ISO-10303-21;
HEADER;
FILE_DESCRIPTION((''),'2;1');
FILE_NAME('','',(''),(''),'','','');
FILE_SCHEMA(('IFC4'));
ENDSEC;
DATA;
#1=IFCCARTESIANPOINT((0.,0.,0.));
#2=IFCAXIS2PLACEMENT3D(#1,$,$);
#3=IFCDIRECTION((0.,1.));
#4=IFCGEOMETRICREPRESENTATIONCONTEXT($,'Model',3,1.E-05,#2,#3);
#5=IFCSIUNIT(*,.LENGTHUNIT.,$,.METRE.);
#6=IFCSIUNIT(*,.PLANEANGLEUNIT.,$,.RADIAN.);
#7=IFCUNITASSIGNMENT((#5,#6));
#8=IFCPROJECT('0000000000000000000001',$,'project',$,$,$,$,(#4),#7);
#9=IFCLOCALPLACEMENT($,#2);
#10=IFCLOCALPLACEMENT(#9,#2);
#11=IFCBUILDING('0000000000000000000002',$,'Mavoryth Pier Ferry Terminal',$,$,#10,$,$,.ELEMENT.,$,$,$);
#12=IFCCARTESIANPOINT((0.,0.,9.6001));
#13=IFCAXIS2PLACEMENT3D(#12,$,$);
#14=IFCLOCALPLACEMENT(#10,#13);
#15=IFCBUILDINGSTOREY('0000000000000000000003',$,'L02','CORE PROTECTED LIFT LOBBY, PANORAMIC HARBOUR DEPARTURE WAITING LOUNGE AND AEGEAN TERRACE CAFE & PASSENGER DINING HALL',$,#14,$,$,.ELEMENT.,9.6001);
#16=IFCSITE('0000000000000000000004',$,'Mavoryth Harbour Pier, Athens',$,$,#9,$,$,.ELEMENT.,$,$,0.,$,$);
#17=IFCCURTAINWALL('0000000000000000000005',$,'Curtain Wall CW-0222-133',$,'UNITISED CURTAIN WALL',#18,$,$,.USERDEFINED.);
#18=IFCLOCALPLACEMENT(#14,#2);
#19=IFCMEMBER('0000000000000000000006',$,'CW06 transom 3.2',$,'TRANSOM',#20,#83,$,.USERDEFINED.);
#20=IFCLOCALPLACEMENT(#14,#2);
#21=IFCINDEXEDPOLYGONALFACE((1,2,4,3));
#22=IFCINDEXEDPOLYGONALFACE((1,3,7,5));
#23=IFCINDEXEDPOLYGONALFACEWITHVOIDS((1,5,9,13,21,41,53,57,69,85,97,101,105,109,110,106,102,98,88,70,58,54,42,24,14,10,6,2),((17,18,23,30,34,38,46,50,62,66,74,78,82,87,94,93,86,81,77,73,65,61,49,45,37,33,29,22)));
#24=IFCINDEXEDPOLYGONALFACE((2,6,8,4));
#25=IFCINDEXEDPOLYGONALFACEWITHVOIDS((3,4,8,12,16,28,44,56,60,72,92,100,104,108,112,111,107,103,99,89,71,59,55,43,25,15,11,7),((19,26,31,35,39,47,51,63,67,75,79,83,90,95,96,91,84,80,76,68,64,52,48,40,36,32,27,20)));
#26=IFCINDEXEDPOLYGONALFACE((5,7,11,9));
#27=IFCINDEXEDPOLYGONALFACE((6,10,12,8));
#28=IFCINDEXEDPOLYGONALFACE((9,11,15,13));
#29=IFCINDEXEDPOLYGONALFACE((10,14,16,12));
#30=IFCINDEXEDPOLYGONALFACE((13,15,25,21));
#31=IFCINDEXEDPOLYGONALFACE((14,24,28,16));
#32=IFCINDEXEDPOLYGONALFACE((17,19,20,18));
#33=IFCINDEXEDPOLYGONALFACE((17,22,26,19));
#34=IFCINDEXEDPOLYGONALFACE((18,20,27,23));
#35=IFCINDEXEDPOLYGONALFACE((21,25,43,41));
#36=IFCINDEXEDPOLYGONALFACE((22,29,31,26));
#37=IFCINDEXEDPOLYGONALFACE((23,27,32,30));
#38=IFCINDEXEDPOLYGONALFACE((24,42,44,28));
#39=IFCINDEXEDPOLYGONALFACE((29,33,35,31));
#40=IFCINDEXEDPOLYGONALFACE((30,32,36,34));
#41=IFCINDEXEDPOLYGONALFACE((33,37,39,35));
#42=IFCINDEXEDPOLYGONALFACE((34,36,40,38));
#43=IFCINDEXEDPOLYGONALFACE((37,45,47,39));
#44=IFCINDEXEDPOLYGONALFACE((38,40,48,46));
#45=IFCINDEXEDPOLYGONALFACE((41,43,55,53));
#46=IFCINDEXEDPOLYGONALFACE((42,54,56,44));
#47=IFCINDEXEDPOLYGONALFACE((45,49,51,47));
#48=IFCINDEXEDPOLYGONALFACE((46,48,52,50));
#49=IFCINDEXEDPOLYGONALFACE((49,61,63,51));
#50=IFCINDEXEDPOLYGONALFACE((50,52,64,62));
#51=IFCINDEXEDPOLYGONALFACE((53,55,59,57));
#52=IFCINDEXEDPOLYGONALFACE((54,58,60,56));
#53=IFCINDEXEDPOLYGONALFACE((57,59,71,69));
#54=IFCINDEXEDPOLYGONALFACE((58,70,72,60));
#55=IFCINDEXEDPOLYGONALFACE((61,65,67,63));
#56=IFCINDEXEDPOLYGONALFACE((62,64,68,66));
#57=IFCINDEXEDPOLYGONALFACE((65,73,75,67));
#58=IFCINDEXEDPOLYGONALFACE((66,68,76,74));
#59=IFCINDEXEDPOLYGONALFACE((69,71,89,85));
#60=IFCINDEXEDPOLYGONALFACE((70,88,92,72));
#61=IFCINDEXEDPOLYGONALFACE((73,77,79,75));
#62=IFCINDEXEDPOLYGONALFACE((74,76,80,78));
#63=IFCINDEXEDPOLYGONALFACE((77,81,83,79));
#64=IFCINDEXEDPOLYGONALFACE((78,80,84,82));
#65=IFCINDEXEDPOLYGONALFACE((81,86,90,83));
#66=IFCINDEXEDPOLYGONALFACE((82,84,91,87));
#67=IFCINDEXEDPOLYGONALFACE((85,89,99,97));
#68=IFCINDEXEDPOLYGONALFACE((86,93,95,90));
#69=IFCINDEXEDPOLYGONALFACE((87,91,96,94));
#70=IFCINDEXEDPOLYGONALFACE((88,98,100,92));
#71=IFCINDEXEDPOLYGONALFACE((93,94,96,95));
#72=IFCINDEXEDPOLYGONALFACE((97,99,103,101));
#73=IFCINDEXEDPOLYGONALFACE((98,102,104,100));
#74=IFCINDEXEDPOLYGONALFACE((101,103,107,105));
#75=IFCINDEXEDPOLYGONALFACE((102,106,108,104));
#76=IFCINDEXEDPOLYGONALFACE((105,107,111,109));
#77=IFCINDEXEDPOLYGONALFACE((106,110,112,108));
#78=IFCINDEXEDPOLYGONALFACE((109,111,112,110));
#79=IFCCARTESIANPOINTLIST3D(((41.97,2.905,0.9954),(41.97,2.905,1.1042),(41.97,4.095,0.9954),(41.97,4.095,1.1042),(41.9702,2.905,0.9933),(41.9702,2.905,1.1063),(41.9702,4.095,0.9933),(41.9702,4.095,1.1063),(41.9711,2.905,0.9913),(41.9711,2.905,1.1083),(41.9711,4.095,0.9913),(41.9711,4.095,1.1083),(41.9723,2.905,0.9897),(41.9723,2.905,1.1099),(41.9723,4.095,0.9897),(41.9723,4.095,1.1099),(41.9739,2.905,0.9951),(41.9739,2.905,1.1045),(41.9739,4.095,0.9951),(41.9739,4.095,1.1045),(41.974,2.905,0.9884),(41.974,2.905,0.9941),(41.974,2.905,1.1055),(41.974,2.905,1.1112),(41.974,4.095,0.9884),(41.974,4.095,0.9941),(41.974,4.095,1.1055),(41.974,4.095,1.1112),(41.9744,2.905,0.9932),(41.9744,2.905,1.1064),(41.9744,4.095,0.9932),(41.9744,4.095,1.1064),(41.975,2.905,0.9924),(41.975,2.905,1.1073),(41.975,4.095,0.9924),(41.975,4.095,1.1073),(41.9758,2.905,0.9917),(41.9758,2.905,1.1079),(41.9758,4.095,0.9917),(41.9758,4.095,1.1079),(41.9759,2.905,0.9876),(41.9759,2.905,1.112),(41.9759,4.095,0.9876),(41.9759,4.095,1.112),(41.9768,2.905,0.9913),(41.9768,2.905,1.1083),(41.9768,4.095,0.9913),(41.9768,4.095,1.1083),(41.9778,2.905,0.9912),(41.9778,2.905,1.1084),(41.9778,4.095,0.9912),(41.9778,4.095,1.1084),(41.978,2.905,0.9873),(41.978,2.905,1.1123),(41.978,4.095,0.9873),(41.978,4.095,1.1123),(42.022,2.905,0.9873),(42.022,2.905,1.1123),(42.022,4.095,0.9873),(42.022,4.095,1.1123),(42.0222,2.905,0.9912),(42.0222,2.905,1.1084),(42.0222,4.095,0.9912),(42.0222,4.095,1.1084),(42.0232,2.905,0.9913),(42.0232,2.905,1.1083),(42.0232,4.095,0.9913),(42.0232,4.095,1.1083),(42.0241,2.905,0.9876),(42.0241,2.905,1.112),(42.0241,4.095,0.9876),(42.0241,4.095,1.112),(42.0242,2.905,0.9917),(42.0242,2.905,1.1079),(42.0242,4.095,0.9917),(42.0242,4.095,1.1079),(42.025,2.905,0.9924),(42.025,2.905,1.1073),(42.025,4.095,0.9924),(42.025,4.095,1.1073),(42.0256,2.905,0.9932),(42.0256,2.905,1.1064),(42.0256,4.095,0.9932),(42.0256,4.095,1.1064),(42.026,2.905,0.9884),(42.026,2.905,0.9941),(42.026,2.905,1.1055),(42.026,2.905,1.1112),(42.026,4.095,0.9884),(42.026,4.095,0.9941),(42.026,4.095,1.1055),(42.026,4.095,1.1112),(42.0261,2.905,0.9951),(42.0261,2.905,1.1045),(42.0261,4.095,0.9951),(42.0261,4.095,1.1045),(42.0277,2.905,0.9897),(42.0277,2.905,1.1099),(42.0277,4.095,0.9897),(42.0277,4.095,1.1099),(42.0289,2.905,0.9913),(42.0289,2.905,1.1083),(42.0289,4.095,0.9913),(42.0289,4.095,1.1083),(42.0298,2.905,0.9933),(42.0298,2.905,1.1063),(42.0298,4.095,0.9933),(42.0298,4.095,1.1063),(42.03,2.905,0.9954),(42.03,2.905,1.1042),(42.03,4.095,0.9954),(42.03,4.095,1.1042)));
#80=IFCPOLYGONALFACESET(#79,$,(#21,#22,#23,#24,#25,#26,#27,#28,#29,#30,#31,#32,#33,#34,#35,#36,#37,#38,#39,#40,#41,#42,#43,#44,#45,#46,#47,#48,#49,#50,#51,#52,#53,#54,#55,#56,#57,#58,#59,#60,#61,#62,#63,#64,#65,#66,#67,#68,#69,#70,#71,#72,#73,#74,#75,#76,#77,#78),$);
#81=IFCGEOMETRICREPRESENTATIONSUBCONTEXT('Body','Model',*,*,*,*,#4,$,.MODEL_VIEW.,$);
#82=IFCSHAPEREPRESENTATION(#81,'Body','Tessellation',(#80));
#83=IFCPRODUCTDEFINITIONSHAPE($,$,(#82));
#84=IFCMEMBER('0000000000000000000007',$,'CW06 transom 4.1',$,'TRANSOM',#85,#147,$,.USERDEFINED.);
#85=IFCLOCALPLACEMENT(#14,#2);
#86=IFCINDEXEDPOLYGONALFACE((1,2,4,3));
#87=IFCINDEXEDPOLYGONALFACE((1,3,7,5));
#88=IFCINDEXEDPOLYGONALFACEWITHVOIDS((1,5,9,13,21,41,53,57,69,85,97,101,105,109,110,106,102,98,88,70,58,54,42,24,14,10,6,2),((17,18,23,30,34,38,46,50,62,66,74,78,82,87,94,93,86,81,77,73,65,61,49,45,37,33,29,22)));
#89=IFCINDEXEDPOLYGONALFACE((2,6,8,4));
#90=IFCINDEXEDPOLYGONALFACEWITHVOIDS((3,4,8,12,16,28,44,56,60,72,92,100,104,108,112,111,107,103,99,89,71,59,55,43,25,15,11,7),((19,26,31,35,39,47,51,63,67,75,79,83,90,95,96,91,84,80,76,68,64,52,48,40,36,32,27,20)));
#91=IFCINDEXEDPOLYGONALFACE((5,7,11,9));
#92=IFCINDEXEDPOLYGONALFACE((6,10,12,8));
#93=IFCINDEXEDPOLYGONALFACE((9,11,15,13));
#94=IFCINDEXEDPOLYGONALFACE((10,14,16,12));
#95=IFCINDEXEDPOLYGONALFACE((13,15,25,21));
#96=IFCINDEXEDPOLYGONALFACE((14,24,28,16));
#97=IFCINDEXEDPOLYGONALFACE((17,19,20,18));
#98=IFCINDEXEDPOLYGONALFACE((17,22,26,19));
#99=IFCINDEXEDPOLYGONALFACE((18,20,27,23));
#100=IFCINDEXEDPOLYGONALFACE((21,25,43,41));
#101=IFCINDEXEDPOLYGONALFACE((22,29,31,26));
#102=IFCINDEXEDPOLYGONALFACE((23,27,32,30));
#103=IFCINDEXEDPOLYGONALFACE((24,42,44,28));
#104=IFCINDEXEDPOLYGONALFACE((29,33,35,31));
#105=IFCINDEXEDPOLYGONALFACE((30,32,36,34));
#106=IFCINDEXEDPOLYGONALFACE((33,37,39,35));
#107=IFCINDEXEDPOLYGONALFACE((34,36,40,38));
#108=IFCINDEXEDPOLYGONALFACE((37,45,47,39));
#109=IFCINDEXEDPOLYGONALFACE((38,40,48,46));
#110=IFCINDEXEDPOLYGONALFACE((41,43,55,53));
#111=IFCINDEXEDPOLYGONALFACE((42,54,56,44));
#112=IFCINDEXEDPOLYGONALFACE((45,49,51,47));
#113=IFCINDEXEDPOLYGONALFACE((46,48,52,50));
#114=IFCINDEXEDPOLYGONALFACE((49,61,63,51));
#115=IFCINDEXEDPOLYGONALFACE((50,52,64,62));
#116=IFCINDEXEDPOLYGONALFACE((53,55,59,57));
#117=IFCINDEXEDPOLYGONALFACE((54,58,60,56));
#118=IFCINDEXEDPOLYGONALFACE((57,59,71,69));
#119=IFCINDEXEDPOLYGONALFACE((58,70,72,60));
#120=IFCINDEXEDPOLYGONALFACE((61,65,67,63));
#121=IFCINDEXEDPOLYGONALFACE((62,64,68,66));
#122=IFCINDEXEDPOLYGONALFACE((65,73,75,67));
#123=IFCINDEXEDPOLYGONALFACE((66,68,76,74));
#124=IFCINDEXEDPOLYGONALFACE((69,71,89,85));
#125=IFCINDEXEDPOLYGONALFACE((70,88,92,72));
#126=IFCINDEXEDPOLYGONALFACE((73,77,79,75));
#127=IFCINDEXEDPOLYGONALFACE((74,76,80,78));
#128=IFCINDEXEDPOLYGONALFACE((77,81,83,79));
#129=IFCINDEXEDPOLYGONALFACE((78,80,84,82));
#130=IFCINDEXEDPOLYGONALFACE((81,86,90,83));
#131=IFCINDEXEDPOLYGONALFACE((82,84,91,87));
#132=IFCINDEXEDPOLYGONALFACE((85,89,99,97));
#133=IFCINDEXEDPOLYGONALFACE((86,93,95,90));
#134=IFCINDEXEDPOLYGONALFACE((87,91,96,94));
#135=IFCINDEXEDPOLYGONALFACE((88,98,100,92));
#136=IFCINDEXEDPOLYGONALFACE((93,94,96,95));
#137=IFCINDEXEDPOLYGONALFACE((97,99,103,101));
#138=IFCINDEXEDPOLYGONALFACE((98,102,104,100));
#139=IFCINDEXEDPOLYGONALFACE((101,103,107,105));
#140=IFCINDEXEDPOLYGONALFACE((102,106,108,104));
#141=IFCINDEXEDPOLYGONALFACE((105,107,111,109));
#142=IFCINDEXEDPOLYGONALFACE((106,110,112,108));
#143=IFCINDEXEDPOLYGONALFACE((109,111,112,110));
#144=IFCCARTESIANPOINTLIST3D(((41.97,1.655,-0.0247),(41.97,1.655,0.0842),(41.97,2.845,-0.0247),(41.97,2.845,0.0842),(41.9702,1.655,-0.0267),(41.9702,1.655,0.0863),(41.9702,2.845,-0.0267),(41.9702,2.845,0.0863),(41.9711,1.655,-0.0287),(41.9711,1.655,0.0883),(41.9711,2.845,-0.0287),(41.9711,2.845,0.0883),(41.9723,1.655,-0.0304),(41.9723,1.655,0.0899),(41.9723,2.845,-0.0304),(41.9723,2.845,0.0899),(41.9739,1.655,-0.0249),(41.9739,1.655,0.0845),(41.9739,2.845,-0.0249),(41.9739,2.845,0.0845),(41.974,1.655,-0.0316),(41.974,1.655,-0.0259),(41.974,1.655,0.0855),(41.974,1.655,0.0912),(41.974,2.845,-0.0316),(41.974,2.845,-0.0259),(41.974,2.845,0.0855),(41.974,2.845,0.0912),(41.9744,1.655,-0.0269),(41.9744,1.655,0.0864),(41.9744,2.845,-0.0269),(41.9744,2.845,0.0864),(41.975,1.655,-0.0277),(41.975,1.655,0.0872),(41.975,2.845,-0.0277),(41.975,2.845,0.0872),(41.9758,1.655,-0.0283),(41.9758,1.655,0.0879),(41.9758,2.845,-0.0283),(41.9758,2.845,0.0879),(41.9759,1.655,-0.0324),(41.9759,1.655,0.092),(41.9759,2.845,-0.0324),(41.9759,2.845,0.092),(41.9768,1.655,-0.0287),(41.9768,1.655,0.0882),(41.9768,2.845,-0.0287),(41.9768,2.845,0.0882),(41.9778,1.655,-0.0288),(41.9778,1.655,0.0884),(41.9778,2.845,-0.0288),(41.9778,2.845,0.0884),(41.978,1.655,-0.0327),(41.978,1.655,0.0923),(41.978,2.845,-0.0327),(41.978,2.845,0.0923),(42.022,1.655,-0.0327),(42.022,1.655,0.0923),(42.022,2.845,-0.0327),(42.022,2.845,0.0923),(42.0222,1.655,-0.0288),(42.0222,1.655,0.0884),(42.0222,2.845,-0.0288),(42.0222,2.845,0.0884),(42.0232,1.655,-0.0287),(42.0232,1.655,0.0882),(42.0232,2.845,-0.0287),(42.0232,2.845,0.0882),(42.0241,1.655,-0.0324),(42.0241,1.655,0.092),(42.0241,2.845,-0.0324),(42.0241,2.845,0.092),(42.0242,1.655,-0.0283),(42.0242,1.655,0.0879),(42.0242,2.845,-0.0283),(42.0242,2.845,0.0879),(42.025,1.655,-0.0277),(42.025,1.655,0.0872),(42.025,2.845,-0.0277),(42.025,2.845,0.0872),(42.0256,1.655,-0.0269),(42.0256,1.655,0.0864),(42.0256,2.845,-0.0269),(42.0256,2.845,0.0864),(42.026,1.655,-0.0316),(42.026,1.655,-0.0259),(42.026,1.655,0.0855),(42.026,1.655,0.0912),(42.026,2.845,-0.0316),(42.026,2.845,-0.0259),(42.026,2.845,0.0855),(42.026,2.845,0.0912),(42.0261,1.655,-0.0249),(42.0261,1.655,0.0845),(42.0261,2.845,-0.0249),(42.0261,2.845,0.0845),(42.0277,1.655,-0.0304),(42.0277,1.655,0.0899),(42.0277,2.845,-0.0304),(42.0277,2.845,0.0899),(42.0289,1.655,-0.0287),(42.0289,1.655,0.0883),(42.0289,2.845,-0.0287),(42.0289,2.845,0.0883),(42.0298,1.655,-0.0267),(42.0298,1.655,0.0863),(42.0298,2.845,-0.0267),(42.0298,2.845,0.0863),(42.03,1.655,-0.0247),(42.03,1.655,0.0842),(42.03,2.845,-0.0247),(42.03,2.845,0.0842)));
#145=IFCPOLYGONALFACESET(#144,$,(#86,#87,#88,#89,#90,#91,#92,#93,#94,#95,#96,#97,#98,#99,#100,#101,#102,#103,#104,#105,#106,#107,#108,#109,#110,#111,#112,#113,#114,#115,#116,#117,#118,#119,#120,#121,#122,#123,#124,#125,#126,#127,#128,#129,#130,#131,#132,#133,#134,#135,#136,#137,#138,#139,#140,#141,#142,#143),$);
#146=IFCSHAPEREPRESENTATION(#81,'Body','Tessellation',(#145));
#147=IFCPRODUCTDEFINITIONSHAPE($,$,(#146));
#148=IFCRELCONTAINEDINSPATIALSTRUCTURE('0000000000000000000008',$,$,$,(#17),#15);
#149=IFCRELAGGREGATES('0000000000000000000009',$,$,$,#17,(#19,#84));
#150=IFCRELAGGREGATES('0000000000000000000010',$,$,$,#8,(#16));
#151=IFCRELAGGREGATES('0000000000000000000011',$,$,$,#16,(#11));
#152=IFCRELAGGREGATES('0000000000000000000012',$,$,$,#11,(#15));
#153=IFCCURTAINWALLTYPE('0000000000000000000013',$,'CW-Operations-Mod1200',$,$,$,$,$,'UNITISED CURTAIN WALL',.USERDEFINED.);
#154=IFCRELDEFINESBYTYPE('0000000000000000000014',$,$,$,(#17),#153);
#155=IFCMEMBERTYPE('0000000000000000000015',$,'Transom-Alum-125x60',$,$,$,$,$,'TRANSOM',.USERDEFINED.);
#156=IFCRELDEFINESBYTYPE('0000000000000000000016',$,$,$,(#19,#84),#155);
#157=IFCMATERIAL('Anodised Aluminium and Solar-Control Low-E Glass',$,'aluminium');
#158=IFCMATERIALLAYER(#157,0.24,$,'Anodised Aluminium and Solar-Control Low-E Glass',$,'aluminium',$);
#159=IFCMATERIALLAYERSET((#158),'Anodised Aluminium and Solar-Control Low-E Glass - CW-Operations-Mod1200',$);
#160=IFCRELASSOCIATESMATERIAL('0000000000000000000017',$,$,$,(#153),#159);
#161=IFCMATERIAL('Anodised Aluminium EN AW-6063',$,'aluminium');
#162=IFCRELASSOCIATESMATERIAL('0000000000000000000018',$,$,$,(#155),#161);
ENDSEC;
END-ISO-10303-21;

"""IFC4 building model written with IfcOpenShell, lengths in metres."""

from ifc_helpers import new_model, si_unit, direction, frame, origin, origin_2d, place, context, subcontext, project, spatial, hollow_rectangle, extrude, material, layer, layer_set, material_profile, profile_set, type_object, element, aggregate, save


model = new_model("IFC4")

# Units and contexts
model_context = context("Model", 3, precision=1e-05, world=origin(), true_north=direction((0.0, 1.0)))
body_context = subcontext(model_context, "Body", "Model", "MODEL_VIEW")
ifc_project = project(units=[si_unit("LENGTHUNIT", "METRE"), si_unit("PLANEANGLEUNIT", "RADIAN")], contexts=[model_context])

# Site, building, storey
site_placement = place(None, origin())
site = spatial("IfcSite", under=ifc_project, at=site_placement, Name="Mavoryth Harbour Pier, Athens", CompositionType="ELEMENT", RefElevation=0.0)
building_placement = place(site_placement, origin())
building = spatial("IfcBuilding", under=site, at=building_placement, Name="Mavoryth Pier Ferry Terminal", CompositionType="ELEMENT")
storey_placement = place(building_placement, frame((0.0, 0.0, 9.6001)))
storey = spatial("IfcBuildingStorey", under=building, at=storey_placement, Name="L02", Description="CORE PROTECTED LIFT LOBBY, PANORAMIC HARBOUR DEPARTURE WAITING LOUNGE AND AEGEAN TERRACE CAFE & PASSENGER DINING HALL", CompositionType="ELEMENT", Elevation=9.6001)

# Curtain wall
ifc_material_1 = material(Name="Anodised Aluminium and Solar-Control Low-E Glass", Category="aluminium")
ifc_layer_1 = layer(ifc_material_1, 0.24, Name="Anodised Aluminium and Solar-Control Low-E Glass", Category="aluminium")
ifc_layer_set_1 = layer_set([ifc_layer_1], Name="Anodised Aluminium and Solar-Control Low-E Glass - CW-Operations-Mod1200")
curtain_wall_type = type_object("IfcCurtainWallType", Name="CW-Operations-Mod1200", ElementType="UNITISED CURTAIN WALL", PredefinedType="USERDEFINED", material=ifc_layer_set_1)
curtain_wall_placement = place(storey_placement, origin())
curtain_wall = element("IfcCurtainWall", 1, at=curtain_wall_placement, inside=storey, type_object=curtain_wall_type, Name="Curtain Wall CW-0222-133", ObjectType="UNITISED CURTAIN WALL", PredefinedType="USERDEFINED")
ifc_material_2 = material(Name="Anodised Aluminium EN AW-6063", Category="aluminium")

# Members
ifc_material_profile_1 = material_profile(ifc_material_2, hollow_rectangle(XDim=0.0601, YDim=0.125, WallThickness=0.0039, InnerFilletRadius=0.0039, OuterFilletRadius=0.0081, at=origin_2d()), Name="AL-TRAN 125x60x4", Category="aluminium")
ifc_profile_set_1 = profile_set([ifc_material_profile_1], Name="Anodised Aluminium EN AW-6063 - AL-TRAN 125x60x4")
member_type_1 = type_object("IfcMemberType", Name="Transom-Alum-125x60", ElementType="TRANSOM", PredefinedType="USERDEFINED", material=ifc_profile_set_1)
member_1_placement = place(storey_placement, frame((42.0, 4.095, 1.0498), z_axis=(0.0, -1.0, 0.0), x_axis=(1.0, 0.0, 0.0)))
member_1 = element("IfcMember", 2, at=member_1_placement, type_object=member_type_1, Name="CW06 transom 3.2", ObjectType="TRANSOM", PredefinedType="USERDEFINED", context=body_context, shape_type="SweptSolid", body=[
    extrude(hollow_rectangle(XDim=0.0601, YDim=0.125, WallThickness=0.0039, InnerFilletRadius=0.0039, OuterFilletRadius=0.0081, at=origin_2d()), origin(), (0.0, 0.0, 1.0), 1.1899),
])
member_2_placement = place(storey_placement, frame((42.0, 2.845, 0.0298), z_axis=(0.0, -1.0, 0.0), x_axis=(1.0, 0.0, 0.0)))
member_2 = element("IfcMember", 3, at=member_2_placement, type_object=member_type_1, Name="CW06 transom 4.1", ObjectType="TRANSOM", PredefinedType="USERDEFINED", context=body_context, shape_type="SweptSolid", body=[
    extrude(hollow_rectangle(XDim=0.0601, YDim=0.125, WallThickness=0.0039, InnerFilletRadius=0.0039, OuterFilletRadius=0.0081, at=origin_2d()), origin(), (0.0, 0.0, 1.0), 1.1899),
])

aggregate(curtain_wall, [member_1, member_2])

save(model, "model.ifc")
